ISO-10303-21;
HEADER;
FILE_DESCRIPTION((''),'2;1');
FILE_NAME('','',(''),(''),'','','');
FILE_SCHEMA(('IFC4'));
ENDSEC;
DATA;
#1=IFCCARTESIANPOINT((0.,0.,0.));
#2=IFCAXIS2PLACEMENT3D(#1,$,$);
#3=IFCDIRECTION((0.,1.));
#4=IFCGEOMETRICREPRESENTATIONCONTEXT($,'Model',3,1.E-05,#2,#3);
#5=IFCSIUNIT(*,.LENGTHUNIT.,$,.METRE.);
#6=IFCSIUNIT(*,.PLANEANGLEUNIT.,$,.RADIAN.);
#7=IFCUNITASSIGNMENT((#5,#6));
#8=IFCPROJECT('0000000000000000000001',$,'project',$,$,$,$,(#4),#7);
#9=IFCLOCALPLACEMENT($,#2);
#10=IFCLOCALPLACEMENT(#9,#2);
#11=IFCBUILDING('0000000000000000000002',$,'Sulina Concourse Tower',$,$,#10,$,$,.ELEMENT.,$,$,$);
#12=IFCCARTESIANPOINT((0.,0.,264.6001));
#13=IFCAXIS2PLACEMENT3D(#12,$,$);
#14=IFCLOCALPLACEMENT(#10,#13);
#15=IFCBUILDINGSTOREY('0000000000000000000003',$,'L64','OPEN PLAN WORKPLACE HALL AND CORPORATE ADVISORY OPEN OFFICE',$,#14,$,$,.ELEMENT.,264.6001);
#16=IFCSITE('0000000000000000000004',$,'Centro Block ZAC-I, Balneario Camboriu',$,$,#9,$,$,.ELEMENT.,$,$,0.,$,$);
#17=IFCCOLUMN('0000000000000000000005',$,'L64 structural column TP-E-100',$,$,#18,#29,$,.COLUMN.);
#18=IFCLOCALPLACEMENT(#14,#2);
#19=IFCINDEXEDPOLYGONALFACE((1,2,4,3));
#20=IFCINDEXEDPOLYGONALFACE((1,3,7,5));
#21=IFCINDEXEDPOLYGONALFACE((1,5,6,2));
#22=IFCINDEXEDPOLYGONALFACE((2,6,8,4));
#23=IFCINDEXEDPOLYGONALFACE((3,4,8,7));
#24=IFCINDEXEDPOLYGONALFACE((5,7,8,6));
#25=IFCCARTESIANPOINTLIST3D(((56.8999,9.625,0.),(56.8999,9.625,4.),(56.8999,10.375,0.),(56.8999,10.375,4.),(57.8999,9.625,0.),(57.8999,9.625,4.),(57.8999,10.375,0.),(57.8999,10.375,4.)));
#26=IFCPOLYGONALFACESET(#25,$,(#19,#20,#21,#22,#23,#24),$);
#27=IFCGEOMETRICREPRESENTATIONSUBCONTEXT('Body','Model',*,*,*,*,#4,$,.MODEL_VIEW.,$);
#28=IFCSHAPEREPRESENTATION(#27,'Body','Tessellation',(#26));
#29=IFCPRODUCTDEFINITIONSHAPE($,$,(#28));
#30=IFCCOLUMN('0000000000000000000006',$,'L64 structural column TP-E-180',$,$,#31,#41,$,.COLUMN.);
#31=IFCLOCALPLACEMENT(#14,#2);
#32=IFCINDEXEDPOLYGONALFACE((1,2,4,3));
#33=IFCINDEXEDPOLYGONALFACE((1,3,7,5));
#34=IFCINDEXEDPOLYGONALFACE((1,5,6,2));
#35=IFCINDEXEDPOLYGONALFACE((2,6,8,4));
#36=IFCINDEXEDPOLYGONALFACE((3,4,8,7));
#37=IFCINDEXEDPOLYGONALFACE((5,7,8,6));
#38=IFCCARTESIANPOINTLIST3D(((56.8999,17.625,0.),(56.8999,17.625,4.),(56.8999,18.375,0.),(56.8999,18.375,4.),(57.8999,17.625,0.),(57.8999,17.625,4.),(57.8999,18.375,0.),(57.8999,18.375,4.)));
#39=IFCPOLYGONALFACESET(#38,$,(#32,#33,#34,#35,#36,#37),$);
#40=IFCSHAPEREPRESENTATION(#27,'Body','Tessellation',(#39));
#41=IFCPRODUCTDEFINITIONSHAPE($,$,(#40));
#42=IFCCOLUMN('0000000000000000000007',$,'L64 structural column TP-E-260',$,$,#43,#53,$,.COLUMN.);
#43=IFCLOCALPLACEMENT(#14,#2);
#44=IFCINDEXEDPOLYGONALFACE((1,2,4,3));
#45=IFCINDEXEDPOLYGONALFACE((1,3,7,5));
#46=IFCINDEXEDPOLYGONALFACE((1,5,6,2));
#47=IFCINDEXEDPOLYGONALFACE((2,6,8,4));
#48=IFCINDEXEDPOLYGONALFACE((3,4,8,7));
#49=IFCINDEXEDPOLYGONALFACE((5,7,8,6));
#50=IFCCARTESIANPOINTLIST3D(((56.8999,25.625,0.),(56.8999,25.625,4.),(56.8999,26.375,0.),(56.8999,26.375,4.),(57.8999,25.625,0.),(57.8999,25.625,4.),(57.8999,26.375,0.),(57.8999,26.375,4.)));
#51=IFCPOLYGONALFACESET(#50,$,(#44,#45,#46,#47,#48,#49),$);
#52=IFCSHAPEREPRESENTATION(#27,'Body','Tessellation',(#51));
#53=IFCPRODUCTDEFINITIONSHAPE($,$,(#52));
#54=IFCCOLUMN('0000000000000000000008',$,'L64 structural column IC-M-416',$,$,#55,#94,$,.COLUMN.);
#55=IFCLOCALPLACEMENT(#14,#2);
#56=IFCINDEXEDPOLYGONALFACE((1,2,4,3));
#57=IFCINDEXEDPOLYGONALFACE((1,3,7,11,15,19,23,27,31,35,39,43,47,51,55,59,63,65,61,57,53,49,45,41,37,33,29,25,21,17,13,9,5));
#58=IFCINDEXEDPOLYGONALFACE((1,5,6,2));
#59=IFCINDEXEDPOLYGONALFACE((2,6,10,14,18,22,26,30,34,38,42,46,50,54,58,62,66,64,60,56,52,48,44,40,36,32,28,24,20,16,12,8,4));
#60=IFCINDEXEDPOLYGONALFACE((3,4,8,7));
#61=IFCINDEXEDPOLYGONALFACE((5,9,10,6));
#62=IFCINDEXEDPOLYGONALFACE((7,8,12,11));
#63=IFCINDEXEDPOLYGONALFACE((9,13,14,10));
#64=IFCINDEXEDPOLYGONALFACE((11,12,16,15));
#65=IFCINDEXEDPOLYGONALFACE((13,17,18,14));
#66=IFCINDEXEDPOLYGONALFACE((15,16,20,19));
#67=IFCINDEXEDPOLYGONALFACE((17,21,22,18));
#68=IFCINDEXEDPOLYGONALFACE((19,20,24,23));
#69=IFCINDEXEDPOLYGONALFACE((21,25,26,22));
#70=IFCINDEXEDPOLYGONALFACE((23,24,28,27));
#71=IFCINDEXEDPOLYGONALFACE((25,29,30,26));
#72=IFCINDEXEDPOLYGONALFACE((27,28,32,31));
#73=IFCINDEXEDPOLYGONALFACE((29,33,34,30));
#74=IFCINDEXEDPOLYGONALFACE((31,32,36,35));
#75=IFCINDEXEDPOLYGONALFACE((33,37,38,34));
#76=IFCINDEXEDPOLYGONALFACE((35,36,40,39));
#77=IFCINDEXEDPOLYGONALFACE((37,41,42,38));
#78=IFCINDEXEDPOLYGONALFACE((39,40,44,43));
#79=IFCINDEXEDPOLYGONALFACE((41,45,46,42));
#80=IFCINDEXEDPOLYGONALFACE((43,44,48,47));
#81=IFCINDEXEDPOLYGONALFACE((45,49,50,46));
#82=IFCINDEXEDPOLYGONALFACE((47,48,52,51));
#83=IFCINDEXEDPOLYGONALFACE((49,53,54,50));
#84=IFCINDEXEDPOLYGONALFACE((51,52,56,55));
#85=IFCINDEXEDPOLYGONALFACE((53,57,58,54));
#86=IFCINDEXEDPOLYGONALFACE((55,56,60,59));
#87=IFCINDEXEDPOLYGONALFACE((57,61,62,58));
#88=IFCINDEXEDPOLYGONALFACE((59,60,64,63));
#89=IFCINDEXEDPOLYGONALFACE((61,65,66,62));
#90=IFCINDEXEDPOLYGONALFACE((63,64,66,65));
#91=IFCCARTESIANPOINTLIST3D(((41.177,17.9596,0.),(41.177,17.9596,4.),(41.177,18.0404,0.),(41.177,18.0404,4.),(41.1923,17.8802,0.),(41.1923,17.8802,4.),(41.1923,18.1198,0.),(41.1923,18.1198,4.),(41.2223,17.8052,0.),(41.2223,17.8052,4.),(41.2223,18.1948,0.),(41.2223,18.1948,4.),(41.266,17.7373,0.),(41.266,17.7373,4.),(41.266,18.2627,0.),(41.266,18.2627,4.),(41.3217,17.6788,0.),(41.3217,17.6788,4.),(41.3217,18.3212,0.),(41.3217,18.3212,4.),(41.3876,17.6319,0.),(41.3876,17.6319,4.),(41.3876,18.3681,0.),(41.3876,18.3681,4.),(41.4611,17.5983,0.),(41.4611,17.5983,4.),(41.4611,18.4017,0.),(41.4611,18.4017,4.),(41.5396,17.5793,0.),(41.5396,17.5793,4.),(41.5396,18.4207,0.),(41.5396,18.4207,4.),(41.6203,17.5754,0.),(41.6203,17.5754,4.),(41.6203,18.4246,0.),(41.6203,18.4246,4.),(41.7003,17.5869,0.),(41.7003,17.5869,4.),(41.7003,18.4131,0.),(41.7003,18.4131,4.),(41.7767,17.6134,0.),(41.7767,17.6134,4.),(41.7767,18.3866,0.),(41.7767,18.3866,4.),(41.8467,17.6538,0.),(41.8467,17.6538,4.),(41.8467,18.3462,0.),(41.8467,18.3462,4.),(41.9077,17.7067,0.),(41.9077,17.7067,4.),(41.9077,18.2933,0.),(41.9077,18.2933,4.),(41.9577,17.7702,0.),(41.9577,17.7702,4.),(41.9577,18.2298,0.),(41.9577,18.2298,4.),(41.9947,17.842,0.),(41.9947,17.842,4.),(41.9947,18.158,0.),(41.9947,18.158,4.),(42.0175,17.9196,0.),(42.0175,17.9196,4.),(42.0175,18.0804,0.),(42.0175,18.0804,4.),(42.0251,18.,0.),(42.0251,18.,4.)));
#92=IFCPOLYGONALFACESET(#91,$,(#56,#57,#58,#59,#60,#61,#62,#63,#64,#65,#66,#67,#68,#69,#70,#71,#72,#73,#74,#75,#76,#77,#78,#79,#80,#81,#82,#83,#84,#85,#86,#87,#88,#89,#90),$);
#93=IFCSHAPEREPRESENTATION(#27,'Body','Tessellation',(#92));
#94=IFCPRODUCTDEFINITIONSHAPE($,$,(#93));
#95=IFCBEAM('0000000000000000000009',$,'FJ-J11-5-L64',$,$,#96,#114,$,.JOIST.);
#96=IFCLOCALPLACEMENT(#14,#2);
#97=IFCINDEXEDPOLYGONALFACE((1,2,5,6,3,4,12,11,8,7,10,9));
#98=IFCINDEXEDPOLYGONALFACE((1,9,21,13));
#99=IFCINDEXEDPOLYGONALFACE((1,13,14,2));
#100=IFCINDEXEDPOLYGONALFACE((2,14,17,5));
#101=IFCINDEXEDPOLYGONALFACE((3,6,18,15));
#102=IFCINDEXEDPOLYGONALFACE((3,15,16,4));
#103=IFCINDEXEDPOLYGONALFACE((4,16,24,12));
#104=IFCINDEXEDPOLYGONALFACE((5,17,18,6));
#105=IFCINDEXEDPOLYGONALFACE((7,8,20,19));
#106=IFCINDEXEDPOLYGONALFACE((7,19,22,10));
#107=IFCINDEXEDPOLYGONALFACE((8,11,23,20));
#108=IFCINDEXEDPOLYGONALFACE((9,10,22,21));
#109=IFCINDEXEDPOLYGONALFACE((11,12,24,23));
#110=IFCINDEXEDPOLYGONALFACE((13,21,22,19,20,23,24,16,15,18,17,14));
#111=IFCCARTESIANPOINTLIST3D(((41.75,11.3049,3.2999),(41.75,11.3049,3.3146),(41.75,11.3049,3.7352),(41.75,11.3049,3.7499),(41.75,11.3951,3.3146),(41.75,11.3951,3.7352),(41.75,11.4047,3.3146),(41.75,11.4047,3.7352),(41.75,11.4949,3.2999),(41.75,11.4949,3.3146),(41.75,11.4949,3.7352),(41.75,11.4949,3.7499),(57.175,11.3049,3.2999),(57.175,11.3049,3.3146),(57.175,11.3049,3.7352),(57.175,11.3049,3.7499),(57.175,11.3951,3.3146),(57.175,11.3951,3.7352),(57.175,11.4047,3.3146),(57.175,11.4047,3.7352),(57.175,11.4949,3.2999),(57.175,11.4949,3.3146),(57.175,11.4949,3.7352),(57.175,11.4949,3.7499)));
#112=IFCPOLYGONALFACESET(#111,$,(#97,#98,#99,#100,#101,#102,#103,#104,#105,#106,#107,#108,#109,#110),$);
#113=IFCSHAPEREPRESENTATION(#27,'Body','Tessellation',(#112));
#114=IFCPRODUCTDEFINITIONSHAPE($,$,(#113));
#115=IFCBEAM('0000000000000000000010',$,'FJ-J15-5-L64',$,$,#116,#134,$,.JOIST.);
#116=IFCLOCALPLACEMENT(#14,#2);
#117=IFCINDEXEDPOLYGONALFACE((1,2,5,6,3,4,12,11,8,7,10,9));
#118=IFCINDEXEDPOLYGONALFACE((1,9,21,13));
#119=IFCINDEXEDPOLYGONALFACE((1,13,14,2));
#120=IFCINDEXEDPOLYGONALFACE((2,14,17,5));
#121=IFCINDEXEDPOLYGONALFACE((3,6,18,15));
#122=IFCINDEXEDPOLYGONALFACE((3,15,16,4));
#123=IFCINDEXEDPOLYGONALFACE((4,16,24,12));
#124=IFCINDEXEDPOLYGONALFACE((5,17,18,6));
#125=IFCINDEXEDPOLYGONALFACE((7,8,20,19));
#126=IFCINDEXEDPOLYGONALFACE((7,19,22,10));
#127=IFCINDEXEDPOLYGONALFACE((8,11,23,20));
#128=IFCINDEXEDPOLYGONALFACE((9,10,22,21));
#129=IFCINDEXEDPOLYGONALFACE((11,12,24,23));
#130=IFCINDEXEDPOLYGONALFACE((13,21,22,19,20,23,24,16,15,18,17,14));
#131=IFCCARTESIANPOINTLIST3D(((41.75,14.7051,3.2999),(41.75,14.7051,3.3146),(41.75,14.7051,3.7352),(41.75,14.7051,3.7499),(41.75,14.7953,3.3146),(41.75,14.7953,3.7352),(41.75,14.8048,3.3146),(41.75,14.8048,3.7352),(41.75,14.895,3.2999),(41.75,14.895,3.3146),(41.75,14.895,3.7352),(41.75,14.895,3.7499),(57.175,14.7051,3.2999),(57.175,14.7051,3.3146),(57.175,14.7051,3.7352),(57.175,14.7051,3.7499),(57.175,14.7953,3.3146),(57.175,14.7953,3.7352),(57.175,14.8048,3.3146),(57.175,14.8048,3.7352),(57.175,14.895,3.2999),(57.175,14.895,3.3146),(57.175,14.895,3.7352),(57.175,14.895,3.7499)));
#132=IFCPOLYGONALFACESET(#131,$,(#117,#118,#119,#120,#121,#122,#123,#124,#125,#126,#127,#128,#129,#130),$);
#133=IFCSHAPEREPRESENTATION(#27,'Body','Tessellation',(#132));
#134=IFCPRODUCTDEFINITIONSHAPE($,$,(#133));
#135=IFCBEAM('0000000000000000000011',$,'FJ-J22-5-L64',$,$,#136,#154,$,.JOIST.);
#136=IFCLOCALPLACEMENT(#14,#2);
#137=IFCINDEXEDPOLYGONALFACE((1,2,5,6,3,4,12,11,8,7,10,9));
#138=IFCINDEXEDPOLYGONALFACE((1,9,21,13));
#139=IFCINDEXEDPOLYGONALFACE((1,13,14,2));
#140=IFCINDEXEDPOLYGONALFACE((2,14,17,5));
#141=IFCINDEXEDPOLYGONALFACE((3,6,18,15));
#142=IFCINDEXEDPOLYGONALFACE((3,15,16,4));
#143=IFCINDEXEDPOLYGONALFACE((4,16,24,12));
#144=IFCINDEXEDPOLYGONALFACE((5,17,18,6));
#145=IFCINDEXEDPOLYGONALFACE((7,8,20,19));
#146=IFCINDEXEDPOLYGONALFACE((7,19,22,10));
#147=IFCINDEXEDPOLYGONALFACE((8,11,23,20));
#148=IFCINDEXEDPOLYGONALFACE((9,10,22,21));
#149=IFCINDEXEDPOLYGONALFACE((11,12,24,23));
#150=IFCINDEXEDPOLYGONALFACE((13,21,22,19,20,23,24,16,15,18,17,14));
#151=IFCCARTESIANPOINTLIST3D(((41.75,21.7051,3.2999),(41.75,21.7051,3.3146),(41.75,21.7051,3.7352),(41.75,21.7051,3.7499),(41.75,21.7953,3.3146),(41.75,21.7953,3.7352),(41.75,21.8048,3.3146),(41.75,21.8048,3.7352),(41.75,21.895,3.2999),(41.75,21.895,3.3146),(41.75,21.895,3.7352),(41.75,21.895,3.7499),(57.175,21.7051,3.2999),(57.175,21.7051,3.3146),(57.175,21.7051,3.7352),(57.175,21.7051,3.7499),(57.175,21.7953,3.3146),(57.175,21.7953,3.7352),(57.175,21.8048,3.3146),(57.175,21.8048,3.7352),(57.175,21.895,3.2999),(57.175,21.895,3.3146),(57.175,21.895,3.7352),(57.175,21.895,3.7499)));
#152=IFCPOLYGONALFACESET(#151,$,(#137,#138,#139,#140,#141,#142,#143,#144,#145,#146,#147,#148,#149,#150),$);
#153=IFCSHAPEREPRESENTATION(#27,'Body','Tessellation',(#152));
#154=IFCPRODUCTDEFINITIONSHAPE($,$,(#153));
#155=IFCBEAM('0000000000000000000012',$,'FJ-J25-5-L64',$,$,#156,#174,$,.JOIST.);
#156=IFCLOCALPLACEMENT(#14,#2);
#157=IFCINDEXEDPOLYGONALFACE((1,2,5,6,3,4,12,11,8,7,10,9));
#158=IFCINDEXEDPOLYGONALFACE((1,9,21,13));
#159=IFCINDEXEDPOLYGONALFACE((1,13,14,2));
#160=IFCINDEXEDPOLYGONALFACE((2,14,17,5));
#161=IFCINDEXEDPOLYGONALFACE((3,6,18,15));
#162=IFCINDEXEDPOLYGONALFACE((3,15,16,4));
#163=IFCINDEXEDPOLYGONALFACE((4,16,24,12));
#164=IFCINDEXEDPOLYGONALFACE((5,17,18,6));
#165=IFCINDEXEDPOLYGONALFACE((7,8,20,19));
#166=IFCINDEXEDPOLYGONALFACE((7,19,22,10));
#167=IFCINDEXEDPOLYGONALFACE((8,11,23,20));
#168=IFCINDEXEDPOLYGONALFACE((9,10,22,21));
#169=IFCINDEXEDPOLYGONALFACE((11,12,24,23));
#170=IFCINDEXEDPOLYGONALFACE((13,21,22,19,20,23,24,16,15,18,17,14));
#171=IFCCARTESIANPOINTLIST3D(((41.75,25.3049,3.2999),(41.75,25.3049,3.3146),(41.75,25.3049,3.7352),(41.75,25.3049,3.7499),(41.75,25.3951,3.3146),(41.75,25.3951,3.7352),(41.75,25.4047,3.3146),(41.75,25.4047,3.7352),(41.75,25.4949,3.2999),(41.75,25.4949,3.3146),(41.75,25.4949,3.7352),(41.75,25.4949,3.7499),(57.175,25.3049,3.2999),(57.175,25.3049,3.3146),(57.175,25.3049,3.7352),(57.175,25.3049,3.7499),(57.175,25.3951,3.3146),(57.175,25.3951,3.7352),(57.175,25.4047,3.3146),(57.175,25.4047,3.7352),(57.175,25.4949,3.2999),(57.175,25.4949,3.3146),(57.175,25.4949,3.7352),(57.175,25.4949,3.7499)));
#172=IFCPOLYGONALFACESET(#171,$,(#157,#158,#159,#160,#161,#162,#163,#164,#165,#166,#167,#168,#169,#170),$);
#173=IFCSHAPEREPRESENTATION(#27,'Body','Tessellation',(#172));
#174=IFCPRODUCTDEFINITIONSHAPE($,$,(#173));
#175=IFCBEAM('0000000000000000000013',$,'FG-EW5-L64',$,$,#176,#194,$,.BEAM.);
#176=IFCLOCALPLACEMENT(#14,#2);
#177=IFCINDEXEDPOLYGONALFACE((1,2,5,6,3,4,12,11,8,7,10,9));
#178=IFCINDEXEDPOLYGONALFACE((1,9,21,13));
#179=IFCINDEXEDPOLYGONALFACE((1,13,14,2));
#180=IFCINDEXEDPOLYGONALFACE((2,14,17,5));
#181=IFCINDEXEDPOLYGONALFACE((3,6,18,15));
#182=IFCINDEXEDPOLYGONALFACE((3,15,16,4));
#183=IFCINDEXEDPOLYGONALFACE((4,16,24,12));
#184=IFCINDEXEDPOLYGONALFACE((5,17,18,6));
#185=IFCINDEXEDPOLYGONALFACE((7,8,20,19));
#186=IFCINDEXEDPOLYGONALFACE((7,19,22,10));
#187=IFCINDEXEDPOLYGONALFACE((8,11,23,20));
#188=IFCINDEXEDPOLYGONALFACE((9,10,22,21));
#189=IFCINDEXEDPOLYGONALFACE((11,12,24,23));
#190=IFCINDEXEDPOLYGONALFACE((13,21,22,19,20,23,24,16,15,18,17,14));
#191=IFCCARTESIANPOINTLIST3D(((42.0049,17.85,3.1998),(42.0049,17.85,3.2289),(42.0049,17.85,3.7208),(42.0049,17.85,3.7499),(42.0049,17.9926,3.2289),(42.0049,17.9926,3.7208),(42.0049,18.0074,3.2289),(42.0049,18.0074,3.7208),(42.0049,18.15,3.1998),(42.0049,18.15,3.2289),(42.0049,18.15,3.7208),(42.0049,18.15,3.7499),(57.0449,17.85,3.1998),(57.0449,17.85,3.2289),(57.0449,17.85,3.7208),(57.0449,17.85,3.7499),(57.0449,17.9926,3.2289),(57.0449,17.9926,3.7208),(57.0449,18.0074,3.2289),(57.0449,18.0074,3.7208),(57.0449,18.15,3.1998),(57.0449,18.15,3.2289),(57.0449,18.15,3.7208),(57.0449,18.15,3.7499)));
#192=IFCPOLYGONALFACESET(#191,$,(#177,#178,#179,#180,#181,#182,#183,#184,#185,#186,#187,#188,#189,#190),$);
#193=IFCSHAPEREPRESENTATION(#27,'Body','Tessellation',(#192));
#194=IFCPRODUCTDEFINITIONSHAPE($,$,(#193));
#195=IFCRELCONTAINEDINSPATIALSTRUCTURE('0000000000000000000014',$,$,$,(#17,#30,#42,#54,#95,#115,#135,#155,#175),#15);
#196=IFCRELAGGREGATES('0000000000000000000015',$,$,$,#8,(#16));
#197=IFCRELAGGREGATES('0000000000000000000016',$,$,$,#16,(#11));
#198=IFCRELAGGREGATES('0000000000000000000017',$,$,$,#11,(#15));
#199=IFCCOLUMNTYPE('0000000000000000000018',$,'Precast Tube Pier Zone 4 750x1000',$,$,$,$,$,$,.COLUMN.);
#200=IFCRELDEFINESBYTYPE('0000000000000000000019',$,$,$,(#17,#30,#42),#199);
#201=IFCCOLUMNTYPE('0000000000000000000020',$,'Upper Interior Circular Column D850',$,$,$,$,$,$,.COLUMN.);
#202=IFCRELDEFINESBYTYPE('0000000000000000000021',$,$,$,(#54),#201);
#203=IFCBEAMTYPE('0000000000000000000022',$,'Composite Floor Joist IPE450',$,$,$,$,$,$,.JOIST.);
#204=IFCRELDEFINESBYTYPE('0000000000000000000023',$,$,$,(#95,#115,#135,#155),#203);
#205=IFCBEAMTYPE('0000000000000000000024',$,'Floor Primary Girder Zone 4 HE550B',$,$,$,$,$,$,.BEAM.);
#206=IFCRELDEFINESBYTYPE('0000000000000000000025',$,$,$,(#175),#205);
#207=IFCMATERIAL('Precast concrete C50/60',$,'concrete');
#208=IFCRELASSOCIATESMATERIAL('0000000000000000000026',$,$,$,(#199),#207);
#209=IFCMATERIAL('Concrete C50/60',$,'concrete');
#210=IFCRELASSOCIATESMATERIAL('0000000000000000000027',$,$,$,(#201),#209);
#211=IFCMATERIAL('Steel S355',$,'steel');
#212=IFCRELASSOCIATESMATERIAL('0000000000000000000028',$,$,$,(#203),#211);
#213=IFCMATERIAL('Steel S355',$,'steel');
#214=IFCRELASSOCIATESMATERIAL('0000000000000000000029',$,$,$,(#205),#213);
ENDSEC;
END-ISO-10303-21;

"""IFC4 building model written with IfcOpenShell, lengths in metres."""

from ifc_helpers import new_model, si_unit, direction, frame, origin, origin_2d, place, context, subcontext, project, spatial, rectangle, circle, i_section, extrude, material, material_profile, profile_set, type_object, element, save


model = new_model("IFC4")

# Units and contexts
model_context = context("Model", 3, precision=1e-05, world=origin(), true_north=direction((0.0, 1.0)))
body_context = subcontext(model_context, "Body", "Model", "MODEL_VIEW")
ifc_project = project(units=[si_unit("LENGTHUNIT", "METRE"), si_unit("PLANEANGLEUNIT", "RADIAN")], contexts=[model_context])

# Site, building, storey
site_placement = place(None, origin())
site = spatial("IfcSite", under=ifc_project, at=site_placement, Name="Centro Block ZAC-I, Balneario Camboriu", CompositionType="ELEMENT", RefElevation=0.0)
building_placement = place(site_placement, origin())
building = spatial("IfcBuilding", under=site, at=building_placement, Name="Sulina Concourse Tower", CompositionType="ELEMENT")
storey_placement = place(building_placement, frame((0.0, 0.0, 264.6001)))
storey = spatial("IfcBuildingStorey", under=building, at=storey_placement, Name="L64", Description="OPEN PLAN WORKPLACE HALL AND CORPORATE ADVISORY OPEN OFFICE", CompositionType="ELEMENT", Elevation=264.6001)

# Columns
ifc_material_1 = material(Name="Precast concrete C50/60", Category="concrete")
ifc_material_profile_1 = material_profile(ifc_material_1, rectangle(XDim=0.75, YDim=1.0, at=origin_2d()), Name="PC 750x1000")
ifc_profile_set_1 = profile_set([ifc_material_profile_1], Name="Precast concrete C50/60")
column_type_1 = type_object("IfcColumnType", Name="Precast Tube Pier Zone 4 750x1000", PredefinedType="COLUMN", material=ifc_profile_set_1)
for number, where, z_axis, x_axis, name in (
    (1, (57.3999, 10.0, 0.0), (0.0, 0.0, 1.0), (0.0, 1.0, 0.0), "L64 structural column TP-E-100"),
    (2, (57.3999, 18.0, 0.0), (0.0, 0.0, 1.0), (0.0, 1.0, 0.0), "L64 structural column TP-E-180"),
    (3, (57.3999, 26.0, 0.0), (0.0, 0.0, 1.0), (0.0, 1.0, 0.0), "L64 structural column TP-E-260"),
):
    element("IfcColumn", number, at=place(storey_placement, frame(where, z_axis=z_axis, x_axis=x_axis)), inside=storey, type_object=column_type_1, Name=name, PredefinedType="COLUMN", context=body_context, shape_type="SweptSolid", body=[
        extrude(rectangle(XDim=0.75, YDim=1.0, at=origin_2d()), origin(), (0.0, 0.0, 1.0), 4.0),
    ])
ifc_material_2 = material(Name="Concrete C50/60", Category="concrete")
ifc_material_profile_2 = material_profile(ifc_material_2, circle(Radius=0.425, at=origin_2d()), Name="RC D850")
ifc_profile_set_2 = profile_set([ifc_material_profile_2], Name="Concrete C50/60")
column_type_2 = type_object("IfcColumnType", Name="Upper Interior Circular Column D850", PredefinedType="COLUMN", material=ifc_profile_set_2)
column_placement = place(storey_placement, frame((41.6001, 18.0, 0.0), z_axis=(0.0, 0.0, 1.0), x_axis=(1.0, 0.0, 0.0)))
element("IfcColumn", 4, at=column_placement, inside=storey, type_object=column_type_2, Name="L64 structural column IC-M-416", PredefinedType="COLUMN", context=body_context, shape_type="SweptSolid", body=[
    extrude(circle(Radius=0.425, at=origin_2d()), origin(), (0.0, 0.0, 1.0), 4.0),
])

# Beams
ifc_material_3 = material(Name="Steel S355", Category="steel")
ifc_material_profile_3 = material_profile(ifc_material_3, i_section(OverallWidth=0.1899, OverallDepth=0.45, WebThickness=0.0095, FlangeThickness=0.0146, at=origin_2d()), Name="IPE 450")
ifc_profile_set_3 = profile_set([ifc_material_profile_3], Name="Steel S355")
beam_type_1 = type_object("IfcBeamType", Name="Composite Floor Joist IPE450", PredefinedType="JOIST", material=ifc_profile_set_3)
for number, where, z_axis, x_axis, name in (
    (5, (41.75, 11.3999, 3.5249), (1.0, 0.0, 0.0), (0.0, 1.0, 0.0), "FJ-J11-5-L64"),
    (6, (41.75, 14.8, 3.5249), (1.0, 0.0, 0.0), (0.0, 1.0, 0.0), "FJ-J15-5-L64"),
    (7, (41.75, 21.8, 3.5249), (1.0, 0.0, 0.0), (0.0, 1.0, 0.0), "FJ-J22-5-L64"),
    (8, (41.75, 25.3999, 3.5249), (1.0, 0.0, 0.0), (0.0, 1.0, 0.0), "FJ-J25-5-L64"),
):
    element("IfcBeam", number, at=place(storey_placement, frame(where, z_axis=z_axis, x_axis=x_axis)), inside=storey, type_object=beam_type_1, Name=name, PredefinedType="JOIST", context=body_context, shape_type="SweptSolid", body=[
        extrude(i_section(OverallWidth=0.1899, OverallDepth=0.45, WebThickness=0.0095, FlangeThickness=0.0146, at=origin_2d()), origin(), (0.0, 0.0, 1.0), 15.425),
    ])
ifc_material_4 = material(Name="Steel S355", Category="steel")
ifc_material_profile_4 = material_profile(ifc_material_4, i_section(OverallWidth=0.3, OverallDepth=0.55, WebThickness=0.0149, FlangeThickness=0.0291, at=origin_2d()), Name="HE 550 B")
ifc_profile_set_4 = profile_set([ifc_material_profile_4], Name="Steel S355")
beam_type_2 = type_object("IfcBeamType", Name="Floor Primary Girder Zone 4 HE550B", PredefinedType="BEAM", material=ifc_profile_set_4)
beam_1_placement = place(storey_placement, frame((42.0049, 18.0, 3.4749), z_axis=(1.0, 0.0, 0.0), x_axis=(0.0, 1.0, 0.0)))
element("IfcBeam", 9, at=beam_1_placement, inside=storey, type_object=beam_type_2, Name="FG-EW5-L64", PredefinedType="BEAM", context=body_context, shape_type="SweptSolid", body=[
    extrude(i_section(OverallWidth=0.3, OverallDepth=0.55, WebThickness=0.0149, FlangeThickness=0.0291, at=origin_2d()), origin(), (0.0, 0.0, 1.0), 15.04),
])

save(model, "model.ifc")
